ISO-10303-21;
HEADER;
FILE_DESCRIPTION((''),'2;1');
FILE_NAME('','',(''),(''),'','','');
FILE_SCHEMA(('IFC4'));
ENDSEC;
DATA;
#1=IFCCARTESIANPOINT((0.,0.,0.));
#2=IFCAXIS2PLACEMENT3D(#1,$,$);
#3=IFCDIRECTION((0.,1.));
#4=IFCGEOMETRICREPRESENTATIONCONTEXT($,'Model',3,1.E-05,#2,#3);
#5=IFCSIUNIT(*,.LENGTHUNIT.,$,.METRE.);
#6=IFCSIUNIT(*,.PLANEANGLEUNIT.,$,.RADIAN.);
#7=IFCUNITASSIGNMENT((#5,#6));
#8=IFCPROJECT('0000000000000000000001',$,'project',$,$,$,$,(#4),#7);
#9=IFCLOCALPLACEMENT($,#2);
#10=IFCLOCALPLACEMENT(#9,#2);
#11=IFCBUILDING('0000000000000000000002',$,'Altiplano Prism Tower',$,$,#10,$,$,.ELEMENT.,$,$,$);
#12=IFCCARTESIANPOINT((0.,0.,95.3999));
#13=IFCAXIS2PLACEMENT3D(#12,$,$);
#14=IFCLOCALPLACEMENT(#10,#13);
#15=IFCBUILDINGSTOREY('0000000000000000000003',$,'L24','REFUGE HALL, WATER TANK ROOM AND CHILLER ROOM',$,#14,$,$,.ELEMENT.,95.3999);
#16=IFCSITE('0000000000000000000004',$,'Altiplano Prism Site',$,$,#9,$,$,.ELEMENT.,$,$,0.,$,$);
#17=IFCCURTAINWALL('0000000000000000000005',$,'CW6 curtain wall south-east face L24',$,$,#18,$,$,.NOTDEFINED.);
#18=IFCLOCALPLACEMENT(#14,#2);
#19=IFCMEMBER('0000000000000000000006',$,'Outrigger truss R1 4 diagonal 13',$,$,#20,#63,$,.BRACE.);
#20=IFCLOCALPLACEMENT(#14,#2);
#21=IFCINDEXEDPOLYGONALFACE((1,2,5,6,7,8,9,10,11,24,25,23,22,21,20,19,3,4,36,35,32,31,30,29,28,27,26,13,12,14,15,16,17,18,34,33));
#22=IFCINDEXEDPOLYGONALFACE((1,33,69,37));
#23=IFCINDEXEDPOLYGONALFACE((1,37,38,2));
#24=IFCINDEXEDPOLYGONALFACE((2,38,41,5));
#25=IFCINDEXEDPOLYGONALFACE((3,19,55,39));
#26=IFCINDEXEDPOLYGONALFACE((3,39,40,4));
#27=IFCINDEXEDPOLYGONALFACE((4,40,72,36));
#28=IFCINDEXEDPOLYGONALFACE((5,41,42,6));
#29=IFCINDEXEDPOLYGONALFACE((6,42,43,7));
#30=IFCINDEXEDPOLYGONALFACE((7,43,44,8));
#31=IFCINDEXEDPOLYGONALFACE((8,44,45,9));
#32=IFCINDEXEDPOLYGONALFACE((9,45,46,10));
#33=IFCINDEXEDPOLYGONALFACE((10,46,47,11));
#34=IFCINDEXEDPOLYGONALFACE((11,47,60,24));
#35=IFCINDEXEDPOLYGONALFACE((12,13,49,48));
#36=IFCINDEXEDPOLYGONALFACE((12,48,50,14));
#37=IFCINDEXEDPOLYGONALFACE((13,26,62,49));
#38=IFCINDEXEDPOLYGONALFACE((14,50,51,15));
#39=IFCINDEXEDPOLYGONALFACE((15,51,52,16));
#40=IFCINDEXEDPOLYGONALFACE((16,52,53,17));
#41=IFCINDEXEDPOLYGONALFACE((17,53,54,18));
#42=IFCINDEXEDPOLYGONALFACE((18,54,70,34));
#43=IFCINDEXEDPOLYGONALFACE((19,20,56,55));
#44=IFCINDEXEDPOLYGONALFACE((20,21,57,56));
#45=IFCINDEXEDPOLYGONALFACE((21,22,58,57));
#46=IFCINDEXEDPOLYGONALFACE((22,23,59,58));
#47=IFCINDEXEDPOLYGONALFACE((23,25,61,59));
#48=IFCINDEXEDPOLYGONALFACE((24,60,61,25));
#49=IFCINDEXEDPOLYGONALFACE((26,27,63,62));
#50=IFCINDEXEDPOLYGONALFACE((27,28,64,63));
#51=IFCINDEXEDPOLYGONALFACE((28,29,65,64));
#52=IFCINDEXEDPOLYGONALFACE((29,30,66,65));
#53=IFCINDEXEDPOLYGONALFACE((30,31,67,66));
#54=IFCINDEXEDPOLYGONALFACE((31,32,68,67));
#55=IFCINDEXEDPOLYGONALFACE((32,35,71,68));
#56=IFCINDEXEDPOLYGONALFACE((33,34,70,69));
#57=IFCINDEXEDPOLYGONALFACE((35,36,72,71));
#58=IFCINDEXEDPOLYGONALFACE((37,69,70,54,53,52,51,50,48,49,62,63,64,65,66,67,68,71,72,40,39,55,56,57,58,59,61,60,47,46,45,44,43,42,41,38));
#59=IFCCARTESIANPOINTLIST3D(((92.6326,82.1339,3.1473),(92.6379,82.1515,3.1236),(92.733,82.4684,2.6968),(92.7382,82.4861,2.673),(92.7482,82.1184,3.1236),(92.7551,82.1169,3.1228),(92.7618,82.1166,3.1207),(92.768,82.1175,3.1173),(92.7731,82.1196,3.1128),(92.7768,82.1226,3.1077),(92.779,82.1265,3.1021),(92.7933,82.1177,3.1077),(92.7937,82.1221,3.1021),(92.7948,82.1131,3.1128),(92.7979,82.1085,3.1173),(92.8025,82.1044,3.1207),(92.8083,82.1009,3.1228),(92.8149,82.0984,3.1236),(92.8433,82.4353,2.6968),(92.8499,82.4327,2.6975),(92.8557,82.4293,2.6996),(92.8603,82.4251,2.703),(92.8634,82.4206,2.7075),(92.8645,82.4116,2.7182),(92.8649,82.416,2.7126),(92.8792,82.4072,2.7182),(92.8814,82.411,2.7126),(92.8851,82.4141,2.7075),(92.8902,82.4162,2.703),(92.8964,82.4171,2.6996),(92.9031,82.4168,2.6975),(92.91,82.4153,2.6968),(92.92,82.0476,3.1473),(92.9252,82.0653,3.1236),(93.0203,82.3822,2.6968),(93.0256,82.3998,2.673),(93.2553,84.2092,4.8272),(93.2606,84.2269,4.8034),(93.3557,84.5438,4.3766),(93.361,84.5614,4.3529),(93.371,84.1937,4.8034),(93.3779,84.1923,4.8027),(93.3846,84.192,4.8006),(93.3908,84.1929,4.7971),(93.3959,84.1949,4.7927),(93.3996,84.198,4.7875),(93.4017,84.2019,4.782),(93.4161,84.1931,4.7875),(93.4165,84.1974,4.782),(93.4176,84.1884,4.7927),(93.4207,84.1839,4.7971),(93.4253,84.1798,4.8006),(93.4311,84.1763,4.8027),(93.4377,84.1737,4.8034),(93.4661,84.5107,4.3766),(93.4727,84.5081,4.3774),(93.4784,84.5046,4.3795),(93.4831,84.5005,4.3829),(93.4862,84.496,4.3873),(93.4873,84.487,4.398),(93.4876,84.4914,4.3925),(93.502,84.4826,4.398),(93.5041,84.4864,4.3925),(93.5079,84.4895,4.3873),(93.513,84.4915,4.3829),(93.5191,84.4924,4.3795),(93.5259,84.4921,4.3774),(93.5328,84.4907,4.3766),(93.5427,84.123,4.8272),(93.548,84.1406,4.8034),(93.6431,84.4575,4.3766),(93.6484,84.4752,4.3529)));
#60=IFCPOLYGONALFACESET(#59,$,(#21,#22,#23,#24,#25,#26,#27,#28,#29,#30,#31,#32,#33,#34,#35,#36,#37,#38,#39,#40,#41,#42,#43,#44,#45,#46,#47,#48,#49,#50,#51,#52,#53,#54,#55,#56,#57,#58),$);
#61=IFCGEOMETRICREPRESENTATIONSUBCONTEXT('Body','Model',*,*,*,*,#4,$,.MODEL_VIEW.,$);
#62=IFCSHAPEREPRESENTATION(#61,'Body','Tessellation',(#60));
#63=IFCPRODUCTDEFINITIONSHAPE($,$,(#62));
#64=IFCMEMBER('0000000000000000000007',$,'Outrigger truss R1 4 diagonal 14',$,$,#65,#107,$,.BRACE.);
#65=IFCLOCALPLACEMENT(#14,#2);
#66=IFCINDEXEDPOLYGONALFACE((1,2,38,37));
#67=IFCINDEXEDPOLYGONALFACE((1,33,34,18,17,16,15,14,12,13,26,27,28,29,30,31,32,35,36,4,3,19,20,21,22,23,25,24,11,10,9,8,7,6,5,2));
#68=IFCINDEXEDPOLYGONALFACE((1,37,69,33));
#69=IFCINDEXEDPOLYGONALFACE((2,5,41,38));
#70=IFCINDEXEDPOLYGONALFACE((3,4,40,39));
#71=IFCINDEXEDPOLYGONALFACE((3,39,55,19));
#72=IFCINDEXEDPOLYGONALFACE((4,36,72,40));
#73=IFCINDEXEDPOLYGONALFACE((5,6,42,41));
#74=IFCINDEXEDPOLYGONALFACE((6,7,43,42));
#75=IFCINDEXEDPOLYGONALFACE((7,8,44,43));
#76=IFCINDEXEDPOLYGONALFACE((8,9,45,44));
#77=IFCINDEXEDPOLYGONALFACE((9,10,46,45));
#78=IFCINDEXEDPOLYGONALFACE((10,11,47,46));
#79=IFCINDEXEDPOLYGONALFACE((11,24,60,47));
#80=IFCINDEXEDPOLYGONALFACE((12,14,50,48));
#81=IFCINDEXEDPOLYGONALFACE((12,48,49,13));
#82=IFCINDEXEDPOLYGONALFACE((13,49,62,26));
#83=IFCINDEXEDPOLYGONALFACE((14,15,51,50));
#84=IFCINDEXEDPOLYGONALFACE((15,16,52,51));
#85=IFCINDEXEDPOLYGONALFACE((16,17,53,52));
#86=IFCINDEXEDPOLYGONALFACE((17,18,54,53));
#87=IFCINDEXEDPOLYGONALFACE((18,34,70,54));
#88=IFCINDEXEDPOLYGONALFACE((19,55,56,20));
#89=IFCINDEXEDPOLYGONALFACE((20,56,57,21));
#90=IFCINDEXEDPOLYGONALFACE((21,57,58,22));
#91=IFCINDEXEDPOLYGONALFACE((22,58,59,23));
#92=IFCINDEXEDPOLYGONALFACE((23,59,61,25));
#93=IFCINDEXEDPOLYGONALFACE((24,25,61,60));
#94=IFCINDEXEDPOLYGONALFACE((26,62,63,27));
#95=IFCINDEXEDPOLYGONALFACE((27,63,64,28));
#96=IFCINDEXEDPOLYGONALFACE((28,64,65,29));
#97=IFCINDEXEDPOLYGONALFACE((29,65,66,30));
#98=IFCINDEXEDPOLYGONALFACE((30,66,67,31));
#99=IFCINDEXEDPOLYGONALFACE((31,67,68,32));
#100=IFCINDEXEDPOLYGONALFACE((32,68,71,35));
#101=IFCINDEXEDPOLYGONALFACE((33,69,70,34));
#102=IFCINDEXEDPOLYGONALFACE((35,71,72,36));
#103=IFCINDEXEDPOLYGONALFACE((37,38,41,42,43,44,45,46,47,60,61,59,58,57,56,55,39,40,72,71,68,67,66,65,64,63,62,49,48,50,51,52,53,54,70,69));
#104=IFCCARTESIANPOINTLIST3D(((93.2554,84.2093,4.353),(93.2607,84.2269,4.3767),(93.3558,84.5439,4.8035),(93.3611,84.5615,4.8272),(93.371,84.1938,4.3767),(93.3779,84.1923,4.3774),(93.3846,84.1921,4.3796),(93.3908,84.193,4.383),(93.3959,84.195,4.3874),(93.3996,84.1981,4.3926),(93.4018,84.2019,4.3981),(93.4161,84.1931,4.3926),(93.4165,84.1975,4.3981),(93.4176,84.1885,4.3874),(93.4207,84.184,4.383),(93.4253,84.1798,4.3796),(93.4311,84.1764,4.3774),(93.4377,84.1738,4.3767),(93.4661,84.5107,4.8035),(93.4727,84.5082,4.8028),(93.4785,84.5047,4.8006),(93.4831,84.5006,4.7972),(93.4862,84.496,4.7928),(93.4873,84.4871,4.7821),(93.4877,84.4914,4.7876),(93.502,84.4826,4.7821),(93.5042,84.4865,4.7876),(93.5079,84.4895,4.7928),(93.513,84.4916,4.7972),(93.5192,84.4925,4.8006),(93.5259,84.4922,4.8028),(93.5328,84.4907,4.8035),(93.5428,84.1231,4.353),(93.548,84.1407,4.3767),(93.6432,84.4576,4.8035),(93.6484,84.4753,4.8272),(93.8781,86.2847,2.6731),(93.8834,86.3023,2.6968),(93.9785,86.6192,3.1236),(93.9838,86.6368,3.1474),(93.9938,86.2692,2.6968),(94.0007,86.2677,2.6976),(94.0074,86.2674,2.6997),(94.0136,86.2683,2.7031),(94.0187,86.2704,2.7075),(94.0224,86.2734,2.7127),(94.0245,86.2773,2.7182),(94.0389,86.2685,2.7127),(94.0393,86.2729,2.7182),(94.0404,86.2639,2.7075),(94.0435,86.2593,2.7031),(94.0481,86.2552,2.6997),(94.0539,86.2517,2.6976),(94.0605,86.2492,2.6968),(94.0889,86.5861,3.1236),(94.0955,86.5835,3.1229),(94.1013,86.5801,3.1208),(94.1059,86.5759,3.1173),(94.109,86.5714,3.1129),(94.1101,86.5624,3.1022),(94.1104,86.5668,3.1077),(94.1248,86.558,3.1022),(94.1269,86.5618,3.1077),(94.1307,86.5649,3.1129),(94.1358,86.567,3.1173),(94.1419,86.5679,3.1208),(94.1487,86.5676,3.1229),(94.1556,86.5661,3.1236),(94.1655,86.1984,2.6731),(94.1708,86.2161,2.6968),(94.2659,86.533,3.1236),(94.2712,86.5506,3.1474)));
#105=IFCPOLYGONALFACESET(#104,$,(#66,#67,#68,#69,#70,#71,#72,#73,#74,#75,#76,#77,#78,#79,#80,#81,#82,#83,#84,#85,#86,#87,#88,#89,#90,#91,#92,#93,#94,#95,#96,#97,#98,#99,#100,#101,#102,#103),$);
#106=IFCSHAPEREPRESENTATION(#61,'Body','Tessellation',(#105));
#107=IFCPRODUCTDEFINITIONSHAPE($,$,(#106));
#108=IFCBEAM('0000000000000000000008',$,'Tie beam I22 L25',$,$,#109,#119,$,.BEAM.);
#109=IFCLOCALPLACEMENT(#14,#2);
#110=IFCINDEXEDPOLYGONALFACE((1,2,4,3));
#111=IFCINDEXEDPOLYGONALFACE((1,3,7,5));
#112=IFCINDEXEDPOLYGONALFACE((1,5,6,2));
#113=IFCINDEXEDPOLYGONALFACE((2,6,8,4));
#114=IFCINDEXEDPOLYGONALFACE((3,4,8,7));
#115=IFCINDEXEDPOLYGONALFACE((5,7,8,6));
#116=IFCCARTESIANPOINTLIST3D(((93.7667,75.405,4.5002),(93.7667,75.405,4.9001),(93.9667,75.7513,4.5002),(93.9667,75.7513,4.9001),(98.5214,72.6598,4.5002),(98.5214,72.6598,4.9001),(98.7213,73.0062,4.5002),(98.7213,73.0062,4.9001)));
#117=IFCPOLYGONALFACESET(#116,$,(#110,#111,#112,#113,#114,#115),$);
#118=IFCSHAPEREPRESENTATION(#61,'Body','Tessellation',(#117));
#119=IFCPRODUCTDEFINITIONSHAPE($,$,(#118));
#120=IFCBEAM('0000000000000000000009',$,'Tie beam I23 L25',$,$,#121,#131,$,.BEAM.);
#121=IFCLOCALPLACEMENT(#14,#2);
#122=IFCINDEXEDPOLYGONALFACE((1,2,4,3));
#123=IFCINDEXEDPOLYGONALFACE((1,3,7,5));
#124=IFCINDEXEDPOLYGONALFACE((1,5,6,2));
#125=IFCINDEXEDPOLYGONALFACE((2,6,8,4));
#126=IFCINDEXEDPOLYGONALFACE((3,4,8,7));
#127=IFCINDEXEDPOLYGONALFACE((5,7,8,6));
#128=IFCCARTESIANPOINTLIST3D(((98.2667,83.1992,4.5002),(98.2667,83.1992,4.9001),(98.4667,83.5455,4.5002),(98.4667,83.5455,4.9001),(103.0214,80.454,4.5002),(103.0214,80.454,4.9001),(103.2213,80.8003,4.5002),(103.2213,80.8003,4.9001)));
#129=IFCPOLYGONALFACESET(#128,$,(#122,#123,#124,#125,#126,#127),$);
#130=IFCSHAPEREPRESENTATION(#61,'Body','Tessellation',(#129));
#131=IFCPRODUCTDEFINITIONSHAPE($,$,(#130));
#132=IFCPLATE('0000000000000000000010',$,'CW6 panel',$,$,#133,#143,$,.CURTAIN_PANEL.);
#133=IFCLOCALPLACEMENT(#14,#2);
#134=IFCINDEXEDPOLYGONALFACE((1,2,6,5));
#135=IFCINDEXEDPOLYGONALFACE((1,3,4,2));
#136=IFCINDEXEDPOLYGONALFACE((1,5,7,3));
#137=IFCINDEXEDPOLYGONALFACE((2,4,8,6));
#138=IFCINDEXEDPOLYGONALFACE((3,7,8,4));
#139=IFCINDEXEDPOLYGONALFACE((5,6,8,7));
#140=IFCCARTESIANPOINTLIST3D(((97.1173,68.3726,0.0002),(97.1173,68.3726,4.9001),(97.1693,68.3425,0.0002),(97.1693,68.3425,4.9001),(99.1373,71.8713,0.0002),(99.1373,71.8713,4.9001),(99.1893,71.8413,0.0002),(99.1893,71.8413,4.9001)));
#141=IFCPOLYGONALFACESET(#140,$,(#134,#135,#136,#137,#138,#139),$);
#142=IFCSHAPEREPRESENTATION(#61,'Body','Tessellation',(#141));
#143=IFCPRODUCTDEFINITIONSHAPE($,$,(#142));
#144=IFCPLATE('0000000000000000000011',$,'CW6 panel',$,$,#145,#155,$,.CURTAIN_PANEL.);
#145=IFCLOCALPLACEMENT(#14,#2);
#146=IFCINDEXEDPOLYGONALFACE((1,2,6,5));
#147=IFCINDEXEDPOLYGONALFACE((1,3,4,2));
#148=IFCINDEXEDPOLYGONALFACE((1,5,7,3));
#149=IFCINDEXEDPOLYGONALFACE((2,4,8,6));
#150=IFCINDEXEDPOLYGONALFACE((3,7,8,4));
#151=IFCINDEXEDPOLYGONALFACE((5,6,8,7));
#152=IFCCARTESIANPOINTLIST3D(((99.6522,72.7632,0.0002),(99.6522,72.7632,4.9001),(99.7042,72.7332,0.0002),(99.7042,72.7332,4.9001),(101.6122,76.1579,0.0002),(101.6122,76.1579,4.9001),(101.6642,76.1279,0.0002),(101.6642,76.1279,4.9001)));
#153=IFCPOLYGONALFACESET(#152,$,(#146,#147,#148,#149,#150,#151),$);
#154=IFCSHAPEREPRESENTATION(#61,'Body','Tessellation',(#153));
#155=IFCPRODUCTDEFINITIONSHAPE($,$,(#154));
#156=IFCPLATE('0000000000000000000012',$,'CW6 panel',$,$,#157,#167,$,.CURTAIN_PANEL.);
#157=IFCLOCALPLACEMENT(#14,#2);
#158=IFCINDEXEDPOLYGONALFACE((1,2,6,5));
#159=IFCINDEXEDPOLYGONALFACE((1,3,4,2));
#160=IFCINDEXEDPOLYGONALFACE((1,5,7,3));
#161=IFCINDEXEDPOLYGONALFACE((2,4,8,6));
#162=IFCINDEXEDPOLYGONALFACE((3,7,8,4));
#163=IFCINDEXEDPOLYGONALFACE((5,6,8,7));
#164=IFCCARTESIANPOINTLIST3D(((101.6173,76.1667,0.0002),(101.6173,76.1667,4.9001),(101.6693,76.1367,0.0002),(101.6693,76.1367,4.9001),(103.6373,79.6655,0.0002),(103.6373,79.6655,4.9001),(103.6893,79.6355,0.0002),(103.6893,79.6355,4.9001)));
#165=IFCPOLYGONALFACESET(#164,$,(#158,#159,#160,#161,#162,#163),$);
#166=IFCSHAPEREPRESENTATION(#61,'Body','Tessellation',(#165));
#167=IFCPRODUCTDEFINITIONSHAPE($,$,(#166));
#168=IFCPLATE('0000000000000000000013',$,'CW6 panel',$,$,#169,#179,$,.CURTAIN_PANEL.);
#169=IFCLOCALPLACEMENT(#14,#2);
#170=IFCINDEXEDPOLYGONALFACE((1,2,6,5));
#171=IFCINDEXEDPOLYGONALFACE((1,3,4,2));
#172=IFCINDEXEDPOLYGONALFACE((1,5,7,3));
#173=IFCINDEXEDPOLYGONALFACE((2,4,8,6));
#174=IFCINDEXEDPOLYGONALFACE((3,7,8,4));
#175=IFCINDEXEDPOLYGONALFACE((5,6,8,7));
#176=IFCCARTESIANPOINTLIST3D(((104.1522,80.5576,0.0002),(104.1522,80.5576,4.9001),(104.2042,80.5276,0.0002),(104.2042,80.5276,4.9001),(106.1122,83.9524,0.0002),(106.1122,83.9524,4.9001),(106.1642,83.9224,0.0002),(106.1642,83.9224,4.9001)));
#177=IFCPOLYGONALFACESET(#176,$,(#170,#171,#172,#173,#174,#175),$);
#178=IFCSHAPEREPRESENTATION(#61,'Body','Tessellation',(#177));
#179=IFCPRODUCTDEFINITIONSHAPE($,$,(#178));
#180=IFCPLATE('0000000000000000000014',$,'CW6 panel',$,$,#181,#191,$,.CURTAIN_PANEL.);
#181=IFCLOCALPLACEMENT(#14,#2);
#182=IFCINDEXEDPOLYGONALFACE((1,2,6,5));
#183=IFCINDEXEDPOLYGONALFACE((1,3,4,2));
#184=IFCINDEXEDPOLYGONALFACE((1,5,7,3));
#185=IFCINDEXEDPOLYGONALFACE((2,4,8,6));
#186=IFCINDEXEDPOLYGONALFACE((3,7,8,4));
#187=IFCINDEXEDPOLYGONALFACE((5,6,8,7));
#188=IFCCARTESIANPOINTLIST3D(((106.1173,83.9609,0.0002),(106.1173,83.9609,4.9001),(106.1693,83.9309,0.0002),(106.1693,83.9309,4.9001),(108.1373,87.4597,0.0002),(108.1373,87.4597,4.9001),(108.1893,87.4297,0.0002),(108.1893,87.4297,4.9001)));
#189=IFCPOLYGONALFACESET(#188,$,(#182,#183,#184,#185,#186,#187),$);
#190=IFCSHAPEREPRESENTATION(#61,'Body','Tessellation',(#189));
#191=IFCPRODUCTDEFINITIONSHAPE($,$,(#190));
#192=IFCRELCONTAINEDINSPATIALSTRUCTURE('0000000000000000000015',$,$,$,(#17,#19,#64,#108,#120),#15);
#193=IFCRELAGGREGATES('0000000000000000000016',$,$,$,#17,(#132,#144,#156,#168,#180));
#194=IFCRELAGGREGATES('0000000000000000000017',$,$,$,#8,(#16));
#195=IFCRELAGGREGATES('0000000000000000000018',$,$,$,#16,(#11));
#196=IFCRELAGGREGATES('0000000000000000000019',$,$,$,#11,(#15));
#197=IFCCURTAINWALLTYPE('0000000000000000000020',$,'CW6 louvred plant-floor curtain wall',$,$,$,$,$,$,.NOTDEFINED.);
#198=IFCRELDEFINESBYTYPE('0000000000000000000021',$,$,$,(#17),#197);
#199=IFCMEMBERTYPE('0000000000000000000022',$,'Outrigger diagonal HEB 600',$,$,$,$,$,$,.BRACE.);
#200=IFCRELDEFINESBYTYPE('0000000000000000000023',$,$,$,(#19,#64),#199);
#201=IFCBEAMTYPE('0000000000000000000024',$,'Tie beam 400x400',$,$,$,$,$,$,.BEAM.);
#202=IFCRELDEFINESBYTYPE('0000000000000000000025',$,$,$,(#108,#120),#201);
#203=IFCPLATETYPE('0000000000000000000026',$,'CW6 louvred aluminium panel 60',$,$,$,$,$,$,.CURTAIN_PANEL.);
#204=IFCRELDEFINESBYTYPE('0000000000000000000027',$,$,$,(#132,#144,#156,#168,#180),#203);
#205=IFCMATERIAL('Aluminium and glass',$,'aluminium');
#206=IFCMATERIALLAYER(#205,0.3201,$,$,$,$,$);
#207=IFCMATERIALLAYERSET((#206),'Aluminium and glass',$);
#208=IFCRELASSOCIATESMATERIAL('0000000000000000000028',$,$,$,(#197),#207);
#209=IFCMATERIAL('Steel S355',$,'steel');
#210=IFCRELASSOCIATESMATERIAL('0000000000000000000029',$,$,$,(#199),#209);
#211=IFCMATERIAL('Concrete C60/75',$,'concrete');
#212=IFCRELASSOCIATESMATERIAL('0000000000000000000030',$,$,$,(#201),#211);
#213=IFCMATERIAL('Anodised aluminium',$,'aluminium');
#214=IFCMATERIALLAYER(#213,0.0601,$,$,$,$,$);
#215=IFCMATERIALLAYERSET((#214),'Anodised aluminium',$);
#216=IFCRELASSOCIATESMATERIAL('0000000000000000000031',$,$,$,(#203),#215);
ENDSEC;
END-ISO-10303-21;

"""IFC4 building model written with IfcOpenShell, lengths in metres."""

from ifc_helpers import new_model, si_unit, direction, frame, origin, origin_2d, place, context, subcontext, project, spatial, rectangle, i_section, extrude, material, layer, layer_set, material_profile, profile_set, type_object, element, aggregate, save


model = new_model("IFC4")

# Units and contexts
model_context = context("Model", 3, precision=1e-05, world=origin(), true_north=direction((0.0, 1.0)))
body_context = subcontext(model_context, "Body", "Model", "MODEL_VIEW")
ifc_project = project(units=[si_unit("LENGTHUNIT", "METRE"), si_unit("PLANEANGLEUNIT", "RADIAN")], contexts=[model_context])

# Site, building, storey
site_placement = place(None, origin())
site = spatial("IfcSite", under=ifc_project, at=site_placement, Name="Altiplano Prism Site", CompositionType="ELEMENT", RefElevation=0.0)
building_placement = place(site_placement, origin())
building = spatial("IfcBuilding", under=site, at=building_placement, Name="Altiplano Prism Tower", CompositionType="ELEMENT")
storey_placement = place(building_placement, frame((0.0, 0.0, 95.3999)))
storey = spatial("IfcBuildingStorey", under=building, at=storey_placement, Name="L24", Description="REFUGE HALL, WATER TANK ROOM AND CHILLER ROOM", CompositionType="ELEMENT", Elevation=95.3999)

# Shared definitions
ifc_material_1 = material(Name="Concrete C60/75", Category="concrete")

# Shared definitions
ifc_material_2 = material(Name="Steel S355", Category="steel")

# Curtain wall
ifc_material_3 = material(Name="Aluminium and glass", Category="aluminium")
ifc_layer_1 = layer(ifc_material_3, 0.3201)
ifc_layer_set_1 = layer_set([ifc_layer_1], Name="Aluminium and glass")
curtain_wall_type = type_object("IfcCurtainWallType", Name="CW6 louvred plant-floor curtain wall", PredefinedType="NOTDEFINED", material=ifc_layer_set_1)
curtain_wall_placement = place(storey_placement, origin())
curtain_wall = element("IfcCurtainWall", 1, at=curtain_wall_placement, inside=storey, type_object=curtain_wall_type, Name="CW6 curtain wall south-east face L24", PredefinedType="NOTDEFINED")

# Members
ifc_material_profile_1 = material_profile(ifc_material_2, i_section(OverallWidth=0.3, OverallDepth=0.6001, WebThickness=0.0154, FlangeThickness=0.03, FilletRadius=0.0271, at=origin_2d()), Name="Outrigger diagonal HEB 600")
ifc_profile_set_1 = profile_set([ifc_material_profile_1], Name="Steel S355")
member_type_1 = type_object("IfcMemberType", Name="Outrigger diagonal HEB 600", PredefinedType="BRACE", material=ifc_profile_set_1)
for number, where, z_axis, x_axis, name in (
    (2, (92.8291, 82.2668, 2.9102), (0.227151, 0.756961, 0.61271), (-0.957805, 0.28742, 0.0), "Outrigger truss R1 4 diagonal 13"),
    (3, (93.4519, 84.3423, 4.5901), (0.227151, 0.756961, -0.61271), (-0.957805, 0.28742, 0.0), "Outrigger truss R1 4 diagonal 14"),
):
    element("IfcMember", number, at=place(storey_placement, frame(where, z_axis=z_axis, x_axis=x_axis)), inside=storey, type_object=member_type_1, Name=name, PredefinedType="BRACE", context=body_context, shape_type="SweptSolid", body=[
        extrude(i_section(OverallWidth=0.3, OverallDepth=0.6001, WebThickness=0.0154, FlangeThickness=0.03, FilletRadius=0.0271, at=origin_2d()), origin(), (0.0, 0.0, 1.0), 2.7417),
    ])

# Beams
ifc_material_profile_2 = material_profile(ifc_material_1, rectangle(XDim=0.3999, YDim=0.3999, at=origin_2d()), Name="Tie beam 400x400")
ifc_profile_set_2 = profile_set([ifc_material_profile_2], Name="Concrete C60/75")
beam_type = type_object("IfcBeamType", Name="Tie beam 400x400", PredefinedType="BEAM", material=ifc_profile_set_2)
for number, where, z_axis, x_axis, name in (
    (4, (93.8667, 75.5781, 4.7002), (0.866023, -0.500003, 0.0), (0.500003, 0.866023, 0.0), "Tie beam I22 L25"),
    (5, (98.3667, 83.3723, 4.7002), (0.866023, -0.500003, 0.0), (0.500003, 0.866023, 0.0), "Tie beam I23 L25"),
):
    element("IfcBeam", number, at=place(storey_placement, frame(where, z_axis=z_axis, x_axis=x_axis)), inside=storey, type_object=beam_type, Name=name, PredefinedType="BEAM", context=body_context, shape_type="SweptSolid", body=[
        extrude(rectangle(XDim=0.3999, YDim=0.3999, at=origin_2d()), origin(), (0.0, 0.0, 1.0), 5.4902),
    ])

# Plates
ifc_material_4 = material(Name="Anodised aluminium", Category="aluminium")
ifc_layer_2 = layer(ifc_material_4, 0.0601)
ifc_layer_set_2 = layer_set([ifc_layer_2], Name="Anodised aluminium")
plate_type = type_object("IfcPlateType", Name="CW6 louvred aluminium panel 60", PredefinedType="CURTAIN_PANEL", material=ifc_layer_set_2)
plate_1_placement = place(storey_placement, frame((98.1533, 70.1069, 0.0002), z_axis=(0.0, 0.0, 1.0), x_axis=(0.5, 0.866025, 0.0)))
plate_1 = element("IfcPlate", 6, at=plate_1_placement, type_object=plate_type, Name="CW6 panel", PredefinedType="CURTAIN_PANEL", context=body_context, shape_type="SweptSolid", body=[
    extrude(rectangle(XDim=4.04, YDim=0.0601, at=origin_2d()), origin(), (0.0, 0.0, 1.0), 4.8999),
])
plate_2_placement = place(storey_placement, frame((100.6582, 74.4456, 0.0002), z_axis=(0.0, 0.0, 1.0), x_axis=(0.5, 0.866025, 0.0)))
plate_2 = element("IfcPlate", 7, at=plate_2_placement, type_object=plate_type, Name="CW6 panel", PredefinedType="CURTAIN_PANEL", context=body_context, shape_type="SweptSolid", body=[
    extrude(rectangle(XDim=3.9199, YDim=0.0601, at=origin_2d()), origin(), (0.0, 0.0, 1.0), 4.8999),
])
plate_3_placement = place(storey_placement, frame((102.6533, 77.9011, 0.0002), z_axis=(0.0, 0.0, 1.0), x_axis=(0.5, 0.866025, 0.0)))
plate_3 = element("IfcPlate", 8, at=plate_3_placement, type_object=plate_type, Name="CW6 panel", PredefinedType="CURTAIN_PANEL", context=body_context, shape_type="SweptSolid", body=[
    extrude(rectangle(XDim=4.04, YDim=0.0601, at=origin_2d()), origin(), (0.0, 0.0, 1.0), 4.8999),
])
plate_4_placement = place(storey_placement, frame((105.1582, 82.24, 0.0002), z_axis=(0.0, 0.0, 1.0), x_axis=(0.5, 0.866025, 0.0)))
plate_4 = element("IfcPlate", 9, at=plate_4_placement, type_object=plate_type, Name="CW6 panel", PredefinedType="CURTAIN_PANEL", context=body_context, shape_type="SweptSolid", body=[
    extrude(rectangle(XDim=3.9199, YDim=0.0601, at=origin_2d()), origin(), (0.0, 0.0, 1.0), 4.8999),
])
plate_5_placement = place(storey_placement, frame((107.1533, 85.6953, 0.0002), z_axis=(0.0, 0.0, 1.0), x_axis=(0.5, 0.866025, 0.0)))
plate_5 = element("IfcPlate", 10, at=plate_5_placement, type_object=plate_type, Name="CW6 panel", PredefinedType="CURTAIN_PANEL", context=body_context, shape_type="SweptSolid", body=[
    extrude(rectangle(XDim=4.04, YDim=0.0601, at=origin_2d()), origin(), (0.0, 0.0, 1.0), 4.8999),
])
aggregate(curtain_wall, [plate_1, plate_2, plate_3, plate_4, plate_5])

save(model, "model.ifc")
